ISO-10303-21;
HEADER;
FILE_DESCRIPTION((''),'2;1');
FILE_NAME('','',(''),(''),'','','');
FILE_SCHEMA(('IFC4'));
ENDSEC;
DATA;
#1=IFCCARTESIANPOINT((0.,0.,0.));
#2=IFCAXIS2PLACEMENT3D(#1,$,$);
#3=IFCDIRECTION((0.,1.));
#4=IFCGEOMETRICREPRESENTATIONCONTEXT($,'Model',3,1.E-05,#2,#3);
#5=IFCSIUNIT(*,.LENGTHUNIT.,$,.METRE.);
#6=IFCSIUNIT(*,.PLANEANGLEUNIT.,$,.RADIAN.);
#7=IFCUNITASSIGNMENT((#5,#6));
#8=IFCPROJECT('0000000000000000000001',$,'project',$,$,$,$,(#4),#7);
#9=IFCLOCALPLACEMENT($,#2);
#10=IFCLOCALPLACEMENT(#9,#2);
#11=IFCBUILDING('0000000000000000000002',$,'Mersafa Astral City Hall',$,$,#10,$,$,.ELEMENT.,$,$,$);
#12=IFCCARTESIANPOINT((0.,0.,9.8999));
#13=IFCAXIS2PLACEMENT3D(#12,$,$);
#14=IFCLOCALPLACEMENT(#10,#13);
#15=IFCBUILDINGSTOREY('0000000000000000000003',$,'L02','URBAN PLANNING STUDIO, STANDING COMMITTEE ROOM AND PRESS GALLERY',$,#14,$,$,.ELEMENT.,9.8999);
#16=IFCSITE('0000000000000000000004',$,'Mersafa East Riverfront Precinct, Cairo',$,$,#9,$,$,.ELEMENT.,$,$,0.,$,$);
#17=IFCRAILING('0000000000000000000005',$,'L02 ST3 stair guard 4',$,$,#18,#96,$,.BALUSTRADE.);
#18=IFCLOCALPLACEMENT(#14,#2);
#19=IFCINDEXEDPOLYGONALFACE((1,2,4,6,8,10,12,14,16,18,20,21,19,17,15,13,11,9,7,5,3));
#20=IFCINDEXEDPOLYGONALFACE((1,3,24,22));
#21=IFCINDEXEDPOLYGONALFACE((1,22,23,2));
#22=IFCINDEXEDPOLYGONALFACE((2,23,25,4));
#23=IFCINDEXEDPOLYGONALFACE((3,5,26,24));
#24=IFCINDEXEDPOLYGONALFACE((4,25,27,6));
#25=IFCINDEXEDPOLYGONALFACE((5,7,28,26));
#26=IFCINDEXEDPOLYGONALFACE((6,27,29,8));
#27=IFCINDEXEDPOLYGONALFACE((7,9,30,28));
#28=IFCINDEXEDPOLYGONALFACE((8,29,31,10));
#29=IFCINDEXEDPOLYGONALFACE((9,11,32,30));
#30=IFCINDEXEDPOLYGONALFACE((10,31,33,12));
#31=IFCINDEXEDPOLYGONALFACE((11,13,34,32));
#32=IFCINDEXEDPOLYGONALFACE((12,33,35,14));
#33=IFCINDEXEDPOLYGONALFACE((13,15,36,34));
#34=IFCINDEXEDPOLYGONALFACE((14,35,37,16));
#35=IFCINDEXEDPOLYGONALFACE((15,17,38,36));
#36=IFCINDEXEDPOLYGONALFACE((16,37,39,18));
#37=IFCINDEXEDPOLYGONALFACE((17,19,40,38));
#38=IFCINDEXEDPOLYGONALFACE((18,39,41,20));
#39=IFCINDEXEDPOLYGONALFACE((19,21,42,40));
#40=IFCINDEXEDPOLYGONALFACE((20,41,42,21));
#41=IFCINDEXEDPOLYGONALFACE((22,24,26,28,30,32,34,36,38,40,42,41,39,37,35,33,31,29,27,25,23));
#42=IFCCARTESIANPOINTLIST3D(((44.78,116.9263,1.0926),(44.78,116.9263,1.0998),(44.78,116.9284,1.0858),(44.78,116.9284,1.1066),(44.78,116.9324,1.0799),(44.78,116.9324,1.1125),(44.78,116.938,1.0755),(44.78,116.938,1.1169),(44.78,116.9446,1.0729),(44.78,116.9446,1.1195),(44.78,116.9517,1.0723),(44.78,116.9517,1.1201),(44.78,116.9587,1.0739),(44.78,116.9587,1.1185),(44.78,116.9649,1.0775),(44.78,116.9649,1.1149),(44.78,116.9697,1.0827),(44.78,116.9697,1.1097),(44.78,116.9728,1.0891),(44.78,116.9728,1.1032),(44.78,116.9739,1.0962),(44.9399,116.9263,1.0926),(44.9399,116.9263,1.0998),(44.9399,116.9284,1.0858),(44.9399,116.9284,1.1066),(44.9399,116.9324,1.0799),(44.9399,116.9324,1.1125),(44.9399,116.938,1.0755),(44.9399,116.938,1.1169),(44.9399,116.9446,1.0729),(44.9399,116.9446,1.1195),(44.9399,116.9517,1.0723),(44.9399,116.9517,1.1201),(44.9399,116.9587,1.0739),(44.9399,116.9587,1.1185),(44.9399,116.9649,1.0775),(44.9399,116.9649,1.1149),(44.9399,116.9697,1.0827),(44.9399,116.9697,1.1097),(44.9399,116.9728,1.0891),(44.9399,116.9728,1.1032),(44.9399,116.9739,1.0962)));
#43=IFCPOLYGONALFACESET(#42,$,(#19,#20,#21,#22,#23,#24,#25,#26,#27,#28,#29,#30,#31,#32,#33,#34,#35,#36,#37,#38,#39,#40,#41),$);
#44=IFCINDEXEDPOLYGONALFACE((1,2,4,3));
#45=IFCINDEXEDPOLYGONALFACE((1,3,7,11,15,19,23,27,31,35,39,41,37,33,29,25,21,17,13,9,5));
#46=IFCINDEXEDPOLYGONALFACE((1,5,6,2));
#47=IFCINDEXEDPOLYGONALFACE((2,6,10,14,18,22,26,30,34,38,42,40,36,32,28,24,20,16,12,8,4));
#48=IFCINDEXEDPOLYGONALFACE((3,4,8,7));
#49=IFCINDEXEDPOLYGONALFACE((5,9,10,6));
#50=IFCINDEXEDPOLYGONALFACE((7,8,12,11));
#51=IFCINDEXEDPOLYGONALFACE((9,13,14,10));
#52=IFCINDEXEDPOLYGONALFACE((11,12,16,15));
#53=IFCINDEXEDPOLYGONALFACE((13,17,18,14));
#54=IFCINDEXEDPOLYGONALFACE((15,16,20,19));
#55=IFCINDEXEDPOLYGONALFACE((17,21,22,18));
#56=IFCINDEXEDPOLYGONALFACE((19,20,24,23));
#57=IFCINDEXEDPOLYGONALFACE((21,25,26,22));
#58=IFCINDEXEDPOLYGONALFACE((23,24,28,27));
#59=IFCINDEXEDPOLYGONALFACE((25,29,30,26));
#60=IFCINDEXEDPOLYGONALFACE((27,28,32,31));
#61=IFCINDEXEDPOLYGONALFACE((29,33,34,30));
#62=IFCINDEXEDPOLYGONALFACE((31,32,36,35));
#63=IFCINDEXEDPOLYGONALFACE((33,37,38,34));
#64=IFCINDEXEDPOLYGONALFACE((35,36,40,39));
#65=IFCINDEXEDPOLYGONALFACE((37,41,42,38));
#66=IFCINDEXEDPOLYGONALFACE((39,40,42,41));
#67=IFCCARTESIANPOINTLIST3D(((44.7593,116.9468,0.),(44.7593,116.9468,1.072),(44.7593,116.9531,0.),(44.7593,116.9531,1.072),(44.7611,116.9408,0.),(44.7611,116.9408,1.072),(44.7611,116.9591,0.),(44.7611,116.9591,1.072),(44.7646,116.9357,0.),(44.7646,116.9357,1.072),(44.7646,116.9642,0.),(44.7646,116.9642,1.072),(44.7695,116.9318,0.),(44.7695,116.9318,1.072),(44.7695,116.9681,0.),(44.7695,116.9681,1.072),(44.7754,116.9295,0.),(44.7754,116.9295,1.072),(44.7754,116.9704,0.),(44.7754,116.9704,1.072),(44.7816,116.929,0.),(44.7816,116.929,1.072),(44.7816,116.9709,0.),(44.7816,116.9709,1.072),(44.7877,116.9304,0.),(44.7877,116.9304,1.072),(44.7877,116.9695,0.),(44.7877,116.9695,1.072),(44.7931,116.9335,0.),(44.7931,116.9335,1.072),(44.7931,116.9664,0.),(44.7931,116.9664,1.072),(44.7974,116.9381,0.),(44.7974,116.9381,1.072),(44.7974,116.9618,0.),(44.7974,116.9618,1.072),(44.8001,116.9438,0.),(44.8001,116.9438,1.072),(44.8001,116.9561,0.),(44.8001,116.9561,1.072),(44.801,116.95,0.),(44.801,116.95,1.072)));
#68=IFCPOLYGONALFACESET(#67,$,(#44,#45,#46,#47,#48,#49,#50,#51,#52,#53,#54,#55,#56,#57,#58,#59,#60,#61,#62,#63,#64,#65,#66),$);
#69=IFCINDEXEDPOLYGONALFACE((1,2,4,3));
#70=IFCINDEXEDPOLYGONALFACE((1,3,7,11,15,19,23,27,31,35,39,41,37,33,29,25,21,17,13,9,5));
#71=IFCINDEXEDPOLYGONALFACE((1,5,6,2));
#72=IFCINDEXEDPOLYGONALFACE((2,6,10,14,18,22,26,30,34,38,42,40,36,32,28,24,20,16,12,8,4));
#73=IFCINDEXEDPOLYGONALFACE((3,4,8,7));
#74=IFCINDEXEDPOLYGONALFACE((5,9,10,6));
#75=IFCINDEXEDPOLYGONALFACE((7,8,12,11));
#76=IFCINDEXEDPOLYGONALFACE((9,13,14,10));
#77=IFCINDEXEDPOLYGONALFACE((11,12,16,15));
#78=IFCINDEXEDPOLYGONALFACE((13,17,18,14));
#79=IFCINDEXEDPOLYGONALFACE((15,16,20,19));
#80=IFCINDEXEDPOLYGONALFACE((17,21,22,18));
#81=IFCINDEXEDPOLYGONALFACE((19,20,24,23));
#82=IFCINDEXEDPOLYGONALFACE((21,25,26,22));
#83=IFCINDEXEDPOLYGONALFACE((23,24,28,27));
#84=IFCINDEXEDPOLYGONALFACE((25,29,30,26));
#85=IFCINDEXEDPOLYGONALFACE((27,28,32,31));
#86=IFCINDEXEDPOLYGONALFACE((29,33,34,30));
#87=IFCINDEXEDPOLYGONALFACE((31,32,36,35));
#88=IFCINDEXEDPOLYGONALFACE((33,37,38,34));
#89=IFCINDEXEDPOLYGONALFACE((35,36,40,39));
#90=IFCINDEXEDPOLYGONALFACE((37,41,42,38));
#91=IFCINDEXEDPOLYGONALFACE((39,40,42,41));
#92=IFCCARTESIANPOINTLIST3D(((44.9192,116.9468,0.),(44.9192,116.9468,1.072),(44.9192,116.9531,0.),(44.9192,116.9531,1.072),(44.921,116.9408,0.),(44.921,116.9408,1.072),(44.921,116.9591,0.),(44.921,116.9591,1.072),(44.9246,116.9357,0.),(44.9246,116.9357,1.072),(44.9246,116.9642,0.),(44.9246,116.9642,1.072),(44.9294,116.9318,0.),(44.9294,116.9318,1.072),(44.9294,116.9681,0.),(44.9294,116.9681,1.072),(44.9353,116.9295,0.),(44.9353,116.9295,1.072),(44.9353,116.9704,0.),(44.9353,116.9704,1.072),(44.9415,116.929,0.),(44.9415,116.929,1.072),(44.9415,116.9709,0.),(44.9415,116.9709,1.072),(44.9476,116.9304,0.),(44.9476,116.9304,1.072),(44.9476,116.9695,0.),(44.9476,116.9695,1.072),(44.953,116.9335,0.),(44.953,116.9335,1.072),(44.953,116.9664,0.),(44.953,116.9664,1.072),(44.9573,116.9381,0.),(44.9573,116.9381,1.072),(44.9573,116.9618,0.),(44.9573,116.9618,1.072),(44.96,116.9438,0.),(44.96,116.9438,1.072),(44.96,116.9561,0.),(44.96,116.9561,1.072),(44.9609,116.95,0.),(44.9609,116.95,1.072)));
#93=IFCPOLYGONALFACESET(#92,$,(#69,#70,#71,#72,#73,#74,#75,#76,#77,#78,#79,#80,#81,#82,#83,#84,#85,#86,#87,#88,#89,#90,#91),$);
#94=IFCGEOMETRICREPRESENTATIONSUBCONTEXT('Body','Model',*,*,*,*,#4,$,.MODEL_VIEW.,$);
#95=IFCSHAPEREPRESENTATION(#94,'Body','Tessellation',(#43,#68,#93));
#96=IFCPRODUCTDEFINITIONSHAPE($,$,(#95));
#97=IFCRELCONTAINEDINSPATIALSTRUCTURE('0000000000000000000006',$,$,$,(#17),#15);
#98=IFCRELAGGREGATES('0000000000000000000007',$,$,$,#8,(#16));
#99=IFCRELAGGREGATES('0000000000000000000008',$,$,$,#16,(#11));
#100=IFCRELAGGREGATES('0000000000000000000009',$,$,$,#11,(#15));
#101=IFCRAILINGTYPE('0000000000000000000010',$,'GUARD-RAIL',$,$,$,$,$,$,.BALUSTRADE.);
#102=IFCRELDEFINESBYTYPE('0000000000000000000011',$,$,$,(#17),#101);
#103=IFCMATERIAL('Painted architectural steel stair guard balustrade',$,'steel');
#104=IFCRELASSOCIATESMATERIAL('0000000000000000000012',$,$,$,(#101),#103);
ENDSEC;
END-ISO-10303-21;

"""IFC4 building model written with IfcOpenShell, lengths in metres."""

from ifc_helpers import new_model, si_unit, direction, frame, origin, origin_2d, place, context, subcontext, project, spatial, circle, extrude, material, type_object, element, save


model = new_model("IFC4")

# Units and contexts
model_context = context("Model", 3, precision=1e-05, world=origin(), true_north=direction((0.0, 1.0)))
body_context = subcontext(model_context, "Body", "Model", "MODEL_VIEW")
ifc_project = project(units=[si_unit("LENGTHUNIT", "METRE"), si_unit("PLANEANGLEUNIT", "RADIAN")], contexts=[model_context])

# Site, building, storey
site_placement = place(None, origin())
site = spatial("IfcSite", under=ifc_project, at=site_placement, Name="Mersafa East Riverfront Precinct, Cairo", CompositionType="ELEMENT", RefElevation=0.0)
building_placement = place(site_placement, origin())
building = spatial("IfcBuilding", under=site, at=building_placement, Name="Mersafa Astral City Hall", CompositionType="ELEMENT")
storey_placement = place(building_placement, frame((0.0, 0.0, 9.8999)))
storey = spatial("IfcBuildingStorey", under=building, at=storey_placement, Name="L02", Description="URBAN PLANNING STUDIO, STANDING COMMITTEE ROOM AND PRESS GALLERY", CompositionType="ELEMENT", Elevation=9.8999)

# Railing
ifc_material_1 = material(Name="Painted architectural steel stair guard balustrade", Category="steel")
railing_type_1 = type_object("IfcRailingType", Name="GUARD-RAIL", PredefinedType="BALUSTRADE", material=ifc_material_1)
railing_1_placement = place(storey_placement, frame((44.78, 116.95, 0.0)))
element("IfcRailing", 1, at=railing_1_placement, inside=storey, type_object=railing_type_1, Name="L02 ST3 stair guard 4", PredefinedType="BALUSTRADE", context=body_context, shape_type="SweptSolid", body=[
    extrude(circle(Radius=0.0239, at=origin_2d()), frame((0.0, 0.0, 1.0962), z_axis=(1.0, 0.0, 0.0), x_axis=(0.0, 1.0, 0.0)), (0.0, 0.0, 1.0), 0.1599),
    extrude(circle(Radius=0.021, at=origin_2d()), origin(), (0.0, 0.0, 1.0), 1.072),
    extrude(circle(Radius=0.021, at=origin_2d()), frame((0.1599, 0.0, 0.0)), (0.0, 0.0, 1.0), 1.072),
])

save(model, "model.ifc")
